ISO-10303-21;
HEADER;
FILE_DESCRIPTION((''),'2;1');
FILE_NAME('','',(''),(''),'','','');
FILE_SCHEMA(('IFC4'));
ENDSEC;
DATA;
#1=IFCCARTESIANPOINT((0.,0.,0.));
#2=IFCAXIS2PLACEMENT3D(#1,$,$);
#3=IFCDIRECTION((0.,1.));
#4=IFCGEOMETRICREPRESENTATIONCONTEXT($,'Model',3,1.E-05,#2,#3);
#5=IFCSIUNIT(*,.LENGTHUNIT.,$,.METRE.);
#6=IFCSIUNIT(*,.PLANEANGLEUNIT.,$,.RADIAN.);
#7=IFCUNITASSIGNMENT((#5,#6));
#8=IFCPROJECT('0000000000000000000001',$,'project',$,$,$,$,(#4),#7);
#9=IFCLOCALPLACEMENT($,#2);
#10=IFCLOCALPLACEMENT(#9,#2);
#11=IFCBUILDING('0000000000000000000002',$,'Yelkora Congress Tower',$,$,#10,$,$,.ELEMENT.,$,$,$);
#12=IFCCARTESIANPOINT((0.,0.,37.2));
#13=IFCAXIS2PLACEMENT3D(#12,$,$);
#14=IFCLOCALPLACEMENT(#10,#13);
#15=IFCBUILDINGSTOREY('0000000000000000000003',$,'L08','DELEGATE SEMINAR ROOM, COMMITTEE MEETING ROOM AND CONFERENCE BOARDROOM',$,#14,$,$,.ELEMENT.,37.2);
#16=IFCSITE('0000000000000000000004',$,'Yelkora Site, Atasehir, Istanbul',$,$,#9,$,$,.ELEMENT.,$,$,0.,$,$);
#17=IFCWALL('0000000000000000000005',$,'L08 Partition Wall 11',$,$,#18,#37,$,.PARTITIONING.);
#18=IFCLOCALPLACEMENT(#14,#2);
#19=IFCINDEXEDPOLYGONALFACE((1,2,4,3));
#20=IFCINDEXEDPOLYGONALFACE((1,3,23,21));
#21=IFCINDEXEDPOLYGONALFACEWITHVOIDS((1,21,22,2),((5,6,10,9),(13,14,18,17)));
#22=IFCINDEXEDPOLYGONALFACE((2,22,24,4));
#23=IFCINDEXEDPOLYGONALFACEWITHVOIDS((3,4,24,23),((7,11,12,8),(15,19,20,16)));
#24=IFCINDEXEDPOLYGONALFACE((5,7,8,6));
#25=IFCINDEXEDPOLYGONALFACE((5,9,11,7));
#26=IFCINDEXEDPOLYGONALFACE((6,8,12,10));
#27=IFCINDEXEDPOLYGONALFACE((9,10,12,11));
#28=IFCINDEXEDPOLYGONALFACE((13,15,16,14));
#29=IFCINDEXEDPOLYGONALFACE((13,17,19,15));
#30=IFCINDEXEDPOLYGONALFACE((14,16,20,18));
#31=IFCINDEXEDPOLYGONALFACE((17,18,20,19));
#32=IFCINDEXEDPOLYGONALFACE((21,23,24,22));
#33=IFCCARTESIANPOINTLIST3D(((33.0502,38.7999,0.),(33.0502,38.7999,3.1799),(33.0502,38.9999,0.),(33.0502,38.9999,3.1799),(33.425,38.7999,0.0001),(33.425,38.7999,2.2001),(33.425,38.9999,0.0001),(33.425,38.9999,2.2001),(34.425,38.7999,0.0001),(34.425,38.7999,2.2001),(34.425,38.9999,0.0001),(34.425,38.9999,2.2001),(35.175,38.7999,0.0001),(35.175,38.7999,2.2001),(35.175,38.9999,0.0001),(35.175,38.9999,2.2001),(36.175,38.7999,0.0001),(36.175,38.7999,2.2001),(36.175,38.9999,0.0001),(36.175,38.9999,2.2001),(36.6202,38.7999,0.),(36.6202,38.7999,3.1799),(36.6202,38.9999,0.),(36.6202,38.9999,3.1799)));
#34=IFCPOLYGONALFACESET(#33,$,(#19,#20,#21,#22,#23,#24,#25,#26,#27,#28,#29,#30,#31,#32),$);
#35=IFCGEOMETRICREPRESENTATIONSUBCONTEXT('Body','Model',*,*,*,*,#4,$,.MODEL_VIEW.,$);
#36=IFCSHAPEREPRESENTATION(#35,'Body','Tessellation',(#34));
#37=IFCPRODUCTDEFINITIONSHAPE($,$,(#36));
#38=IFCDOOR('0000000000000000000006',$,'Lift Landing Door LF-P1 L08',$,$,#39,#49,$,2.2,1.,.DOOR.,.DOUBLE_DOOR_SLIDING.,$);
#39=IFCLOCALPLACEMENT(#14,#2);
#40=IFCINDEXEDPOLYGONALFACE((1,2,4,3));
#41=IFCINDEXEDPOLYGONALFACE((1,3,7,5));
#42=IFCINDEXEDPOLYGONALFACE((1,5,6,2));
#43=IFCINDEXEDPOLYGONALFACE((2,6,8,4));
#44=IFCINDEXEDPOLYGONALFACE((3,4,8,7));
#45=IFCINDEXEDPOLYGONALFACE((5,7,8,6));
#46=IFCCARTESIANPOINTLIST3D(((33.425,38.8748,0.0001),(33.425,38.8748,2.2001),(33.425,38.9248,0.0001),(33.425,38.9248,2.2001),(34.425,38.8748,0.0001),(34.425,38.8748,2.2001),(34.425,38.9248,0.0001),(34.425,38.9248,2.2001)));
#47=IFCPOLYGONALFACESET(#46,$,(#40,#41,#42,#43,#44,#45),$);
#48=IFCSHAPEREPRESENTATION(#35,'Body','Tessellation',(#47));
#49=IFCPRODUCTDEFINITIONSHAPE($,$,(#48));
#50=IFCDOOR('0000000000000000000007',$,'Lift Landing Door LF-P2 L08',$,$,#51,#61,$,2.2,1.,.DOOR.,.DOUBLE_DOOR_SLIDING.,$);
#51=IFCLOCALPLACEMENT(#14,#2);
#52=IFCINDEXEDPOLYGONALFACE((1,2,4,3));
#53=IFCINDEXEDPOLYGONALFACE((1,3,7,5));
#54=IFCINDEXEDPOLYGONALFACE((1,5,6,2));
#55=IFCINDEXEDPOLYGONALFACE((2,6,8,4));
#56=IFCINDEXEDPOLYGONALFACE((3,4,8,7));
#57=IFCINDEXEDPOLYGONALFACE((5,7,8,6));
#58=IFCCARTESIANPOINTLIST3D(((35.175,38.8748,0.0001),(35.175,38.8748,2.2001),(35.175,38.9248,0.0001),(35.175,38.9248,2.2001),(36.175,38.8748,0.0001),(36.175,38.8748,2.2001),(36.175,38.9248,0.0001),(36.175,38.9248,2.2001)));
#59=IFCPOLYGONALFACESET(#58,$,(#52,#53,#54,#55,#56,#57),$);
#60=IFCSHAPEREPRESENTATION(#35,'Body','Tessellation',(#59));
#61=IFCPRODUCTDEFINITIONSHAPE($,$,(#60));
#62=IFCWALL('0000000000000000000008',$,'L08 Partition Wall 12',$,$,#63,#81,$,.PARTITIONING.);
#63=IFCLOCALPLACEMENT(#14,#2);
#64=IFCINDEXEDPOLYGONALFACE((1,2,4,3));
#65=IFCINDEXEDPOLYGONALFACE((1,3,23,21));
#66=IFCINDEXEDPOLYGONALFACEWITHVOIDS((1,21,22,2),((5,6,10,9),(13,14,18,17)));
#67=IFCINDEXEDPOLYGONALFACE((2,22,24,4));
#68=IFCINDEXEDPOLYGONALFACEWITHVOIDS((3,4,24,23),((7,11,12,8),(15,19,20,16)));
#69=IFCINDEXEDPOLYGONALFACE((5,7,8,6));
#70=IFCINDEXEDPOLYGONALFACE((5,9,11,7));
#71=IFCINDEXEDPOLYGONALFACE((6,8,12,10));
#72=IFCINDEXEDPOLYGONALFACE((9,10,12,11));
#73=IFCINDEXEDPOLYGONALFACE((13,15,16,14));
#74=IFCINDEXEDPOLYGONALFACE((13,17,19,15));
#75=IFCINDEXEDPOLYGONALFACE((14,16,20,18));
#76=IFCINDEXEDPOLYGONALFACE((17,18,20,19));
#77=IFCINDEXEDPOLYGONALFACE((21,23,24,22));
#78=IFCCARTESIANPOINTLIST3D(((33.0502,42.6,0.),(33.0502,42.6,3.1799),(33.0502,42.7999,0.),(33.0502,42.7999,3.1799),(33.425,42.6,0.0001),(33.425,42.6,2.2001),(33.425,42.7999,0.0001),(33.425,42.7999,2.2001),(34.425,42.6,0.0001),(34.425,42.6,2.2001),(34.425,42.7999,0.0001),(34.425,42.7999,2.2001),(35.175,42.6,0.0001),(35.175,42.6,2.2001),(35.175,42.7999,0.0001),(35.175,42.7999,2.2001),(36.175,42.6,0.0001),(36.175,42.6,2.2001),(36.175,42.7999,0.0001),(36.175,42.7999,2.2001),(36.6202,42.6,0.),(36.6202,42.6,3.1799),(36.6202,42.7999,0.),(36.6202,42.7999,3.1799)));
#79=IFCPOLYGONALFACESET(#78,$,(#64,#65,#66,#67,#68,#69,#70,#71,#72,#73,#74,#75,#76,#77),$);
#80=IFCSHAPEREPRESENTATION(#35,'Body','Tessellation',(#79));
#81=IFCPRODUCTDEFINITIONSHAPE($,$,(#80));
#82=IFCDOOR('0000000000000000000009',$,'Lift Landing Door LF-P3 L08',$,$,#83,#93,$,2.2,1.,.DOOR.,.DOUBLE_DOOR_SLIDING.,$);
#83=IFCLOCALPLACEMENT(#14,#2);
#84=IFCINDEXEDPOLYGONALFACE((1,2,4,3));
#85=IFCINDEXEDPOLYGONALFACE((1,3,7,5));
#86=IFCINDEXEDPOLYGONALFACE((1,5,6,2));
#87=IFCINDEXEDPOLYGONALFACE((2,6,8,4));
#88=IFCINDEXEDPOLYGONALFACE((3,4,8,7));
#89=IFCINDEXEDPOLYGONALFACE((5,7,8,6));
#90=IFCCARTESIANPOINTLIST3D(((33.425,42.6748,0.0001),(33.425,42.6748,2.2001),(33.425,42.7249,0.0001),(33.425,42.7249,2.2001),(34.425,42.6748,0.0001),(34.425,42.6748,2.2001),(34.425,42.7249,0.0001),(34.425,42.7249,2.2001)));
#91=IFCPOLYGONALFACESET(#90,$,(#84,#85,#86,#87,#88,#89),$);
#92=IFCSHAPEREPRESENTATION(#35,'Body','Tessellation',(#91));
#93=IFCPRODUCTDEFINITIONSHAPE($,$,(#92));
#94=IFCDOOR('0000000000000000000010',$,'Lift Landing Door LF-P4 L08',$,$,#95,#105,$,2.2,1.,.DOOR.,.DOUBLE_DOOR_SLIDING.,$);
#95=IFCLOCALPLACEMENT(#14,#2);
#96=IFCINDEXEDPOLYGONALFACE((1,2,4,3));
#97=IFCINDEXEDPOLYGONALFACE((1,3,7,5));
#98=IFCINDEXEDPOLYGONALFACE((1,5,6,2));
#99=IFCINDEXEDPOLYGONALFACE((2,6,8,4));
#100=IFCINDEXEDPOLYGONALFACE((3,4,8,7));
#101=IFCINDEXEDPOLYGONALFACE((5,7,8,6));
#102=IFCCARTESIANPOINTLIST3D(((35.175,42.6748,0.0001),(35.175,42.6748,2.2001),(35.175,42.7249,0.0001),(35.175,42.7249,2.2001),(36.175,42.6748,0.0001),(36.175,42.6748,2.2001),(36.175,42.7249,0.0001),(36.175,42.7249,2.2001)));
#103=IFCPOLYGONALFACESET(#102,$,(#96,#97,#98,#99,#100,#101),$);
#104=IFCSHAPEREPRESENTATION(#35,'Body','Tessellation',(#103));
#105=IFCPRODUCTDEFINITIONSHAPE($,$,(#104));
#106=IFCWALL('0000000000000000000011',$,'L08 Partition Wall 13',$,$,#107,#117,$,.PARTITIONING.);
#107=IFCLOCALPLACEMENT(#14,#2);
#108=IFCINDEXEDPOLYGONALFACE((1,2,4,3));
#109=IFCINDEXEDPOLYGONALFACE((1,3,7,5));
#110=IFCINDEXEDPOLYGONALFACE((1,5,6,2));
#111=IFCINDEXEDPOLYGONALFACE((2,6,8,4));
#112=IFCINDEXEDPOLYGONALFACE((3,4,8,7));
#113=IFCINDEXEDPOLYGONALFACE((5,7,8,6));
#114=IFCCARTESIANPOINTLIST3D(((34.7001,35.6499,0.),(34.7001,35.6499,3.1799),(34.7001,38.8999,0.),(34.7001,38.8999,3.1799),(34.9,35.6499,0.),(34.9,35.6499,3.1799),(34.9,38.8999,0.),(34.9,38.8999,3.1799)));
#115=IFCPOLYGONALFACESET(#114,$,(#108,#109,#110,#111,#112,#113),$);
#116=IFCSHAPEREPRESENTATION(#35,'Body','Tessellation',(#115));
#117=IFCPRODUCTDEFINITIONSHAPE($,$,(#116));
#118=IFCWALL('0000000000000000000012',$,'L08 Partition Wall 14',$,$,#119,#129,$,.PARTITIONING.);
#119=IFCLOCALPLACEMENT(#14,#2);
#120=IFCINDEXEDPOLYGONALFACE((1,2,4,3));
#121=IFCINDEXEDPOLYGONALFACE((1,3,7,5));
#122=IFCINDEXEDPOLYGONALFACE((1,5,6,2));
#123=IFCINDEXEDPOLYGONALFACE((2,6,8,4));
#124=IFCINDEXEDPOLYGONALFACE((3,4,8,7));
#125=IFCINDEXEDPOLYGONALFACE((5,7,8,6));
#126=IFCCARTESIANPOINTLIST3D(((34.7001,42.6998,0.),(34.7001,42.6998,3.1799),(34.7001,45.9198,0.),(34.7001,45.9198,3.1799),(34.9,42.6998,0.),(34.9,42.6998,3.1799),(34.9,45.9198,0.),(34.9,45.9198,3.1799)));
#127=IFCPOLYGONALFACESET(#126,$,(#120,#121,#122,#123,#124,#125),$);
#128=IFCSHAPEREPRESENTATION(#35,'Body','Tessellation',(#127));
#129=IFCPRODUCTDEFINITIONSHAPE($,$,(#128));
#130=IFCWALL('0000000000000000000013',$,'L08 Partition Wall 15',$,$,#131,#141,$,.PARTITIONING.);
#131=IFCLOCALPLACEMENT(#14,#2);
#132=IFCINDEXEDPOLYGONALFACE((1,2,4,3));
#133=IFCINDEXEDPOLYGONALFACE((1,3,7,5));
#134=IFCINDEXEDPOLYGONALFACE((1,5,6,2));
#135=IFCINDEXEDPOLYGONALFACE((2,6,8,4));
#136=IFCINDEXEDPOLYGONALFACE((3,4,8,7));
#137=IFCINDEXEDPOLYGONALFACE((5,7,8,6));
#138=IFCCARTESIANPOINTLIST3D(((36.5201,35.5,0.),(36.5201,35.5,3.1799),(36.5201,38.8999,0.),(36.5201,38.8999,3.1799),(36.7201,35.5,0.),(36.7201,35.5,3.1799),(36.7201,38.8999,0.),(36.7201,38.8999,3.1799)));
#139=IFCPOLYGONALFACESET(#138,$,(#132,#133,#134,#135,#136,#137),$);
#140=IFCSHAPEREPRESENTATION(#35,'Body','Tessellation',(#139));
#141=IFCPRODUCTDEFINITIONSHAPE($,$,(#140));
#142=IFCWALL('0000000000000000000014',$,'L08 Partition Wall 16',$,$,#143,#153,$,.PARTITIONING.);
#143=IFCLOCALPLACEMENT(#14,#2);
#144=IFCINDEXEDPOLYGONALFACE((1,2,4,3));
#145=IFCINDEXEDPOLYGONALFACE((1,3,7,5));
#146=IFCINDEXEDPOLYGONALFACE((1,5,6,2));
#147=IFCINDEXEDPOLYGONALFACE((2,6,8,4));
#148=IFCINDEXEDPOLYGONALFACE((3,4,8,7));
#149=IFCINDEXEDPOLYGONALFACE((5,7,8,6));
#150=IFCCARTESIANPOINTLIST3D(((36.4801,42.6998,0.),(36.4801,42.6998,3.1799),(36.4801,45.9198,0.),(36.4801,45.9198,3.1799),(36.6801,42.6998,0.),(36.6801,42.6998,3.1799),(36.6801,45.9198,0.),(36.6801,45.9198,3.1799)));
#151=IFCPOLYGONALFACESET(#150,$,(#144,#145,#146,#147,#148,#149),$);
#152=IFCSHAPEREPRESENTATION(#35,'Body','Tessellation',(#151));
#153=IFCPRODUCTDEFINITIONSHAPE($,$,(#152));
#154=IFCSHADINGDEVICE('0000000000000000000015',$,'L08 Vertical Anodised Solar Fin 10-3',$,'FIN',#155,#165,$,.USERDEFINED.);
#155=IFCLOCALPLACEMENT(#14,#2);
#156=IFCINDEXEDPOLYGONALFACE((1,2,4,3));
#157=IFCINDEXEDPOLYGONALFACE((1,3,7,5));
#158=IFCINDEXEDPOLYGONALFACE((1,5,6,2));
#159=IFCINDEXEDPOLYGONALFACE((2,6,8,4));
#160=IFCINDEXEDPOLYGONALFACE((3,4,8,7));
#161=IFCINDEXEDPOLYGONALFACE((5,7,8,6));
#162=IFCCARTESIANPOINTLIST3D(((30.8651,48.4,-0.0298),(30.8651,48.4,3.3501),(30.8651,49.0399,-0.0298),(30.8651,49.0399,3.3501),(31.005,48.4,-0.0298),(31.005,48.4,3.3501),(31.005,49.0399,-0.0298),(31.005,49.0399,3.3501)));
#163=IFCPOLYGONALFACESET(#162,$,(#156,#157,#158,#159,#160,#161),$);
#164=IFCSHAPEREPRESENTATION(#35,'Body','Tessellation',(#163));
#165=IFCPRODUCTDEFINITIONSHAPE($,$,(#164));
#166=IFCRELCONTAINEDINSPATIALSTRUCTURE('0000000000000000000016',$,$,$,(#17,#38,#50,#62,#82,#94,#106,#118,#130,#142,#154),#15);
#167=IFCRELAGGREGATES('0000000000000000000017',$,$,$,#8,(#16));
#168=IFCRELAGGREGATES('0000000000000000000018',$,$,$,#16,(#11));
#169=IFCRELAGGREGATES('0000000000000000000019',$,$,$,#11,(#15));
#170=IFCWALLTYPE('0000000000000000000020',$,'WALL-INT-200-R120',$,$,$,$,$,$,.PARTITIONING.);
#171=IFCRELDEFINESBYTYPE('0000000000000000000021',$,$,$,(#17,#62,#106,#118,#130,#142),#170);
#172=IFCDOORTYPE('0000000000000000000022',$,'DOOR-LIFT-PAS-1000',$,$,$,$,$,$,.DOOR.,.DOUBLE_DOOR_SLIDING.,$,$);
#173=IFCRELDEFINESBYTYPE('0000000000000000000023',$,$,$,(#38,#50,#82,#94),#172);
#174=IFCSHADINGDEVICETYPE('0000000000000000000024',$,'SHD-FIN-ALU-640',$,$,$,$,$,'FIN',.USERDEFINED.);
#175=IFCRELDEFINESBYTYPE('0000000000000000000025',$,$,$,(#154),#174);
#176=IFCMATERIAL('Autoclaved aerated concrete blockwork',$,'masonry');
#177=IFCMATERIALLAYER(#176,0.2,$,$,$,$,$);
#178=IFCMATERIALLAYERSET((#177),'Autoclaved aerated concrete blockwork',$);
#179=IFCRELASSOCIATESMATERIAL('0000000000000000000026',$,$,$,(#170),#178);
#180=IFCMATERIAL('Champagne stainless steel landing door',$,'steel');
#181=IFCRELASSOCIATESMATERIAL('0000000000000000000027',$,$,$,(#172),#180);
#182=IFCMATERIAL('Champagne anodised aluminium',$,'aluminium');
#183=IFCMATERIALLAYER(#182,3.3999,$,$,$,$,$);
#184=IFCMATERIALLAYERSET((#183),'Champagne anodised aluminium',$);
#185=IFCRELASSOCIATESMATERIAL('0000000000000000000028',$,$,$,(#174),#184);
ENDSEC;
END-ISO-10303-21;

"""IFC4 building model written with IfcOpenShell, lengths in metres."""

from ifc_helpers import new_model, si_unit, direction, frame, frame_2d, origin, origin_2d, place, context, subcontext, project, spatial, rectangle, extrude, material, layer, layer_set, type_object, element, fill, save


model = new_model("IFC4")

# Units and contexts
model_context = context("Model", 3, precision=1e-05, world=origin(), true_north=direction((0.0, 1.0)))
body_context = subcontext(model_context, "Body", "Model", "MODEL_VIEW")
ifc_project = project(units=[si_unit("LENGTHUNIT", "METRE"), si_unit("PLANEANGLEUNIT", "RADIAN")], contexts=[model_context])

# Site, building, storey
site_placement = place(None, origin())
site = spatial("IfcSite", under=ifc_project, at=site_placement, Name="Yelkora Site, Atasehir, Istanbul", CompositionType="ELEMENT", RefElevation=0.0)
building_placement = place(site_placement, origin())
building = spatial("IfcBuilding", under=site, at=building_placement, Name="Yelkora Congress Tower", CompositionType="ELEMENT")
storey_placement = place(building_placement, frame((0.0, 0.0, 37.2)))
storey = spatial("IfcBuildingStorey", under=building, at=storey_placement, Name="L08", Description="DELEGATE SEMINAR ROOM, COMMITTEE MEETING ROOM AND CONFERENCE BOARDROOM", CompositionType="ELEMENT", Elevation=37.2)

# Shared definitions
ifc_material_1 = material(Name="Autoclaved aerated concrete blockwork", Category="masonry")
ifc_layer_1 = layer(ifc_material_1, 0.2)
ifc_layer_set_1 = layer_set([ifc_layer_1], Name="Autoclaved aerated concrete blockwork")
wall_type_1 = type_object("IfcWallType", Name="WALL-INT-200-R120", PredefinedType="PARTITIONING", material=ifc_layer_set_1)

# Walls, openings, doors
wall_1_placement = place(storey_placement, frame((33.05, 38.8999, 0.0), z_axis=(0.0, 0.0, 1.0), x_axis=(1.0, 0.0, 0.0)))
wall_1 = element("IfcWall", 1, at=wall_1_placement, inside=storey, type_object=wall_type_1, Name="L08 Partition Wall 11", PredefinedType="PARTITIONING", context=body_context, shape_type="SweptSolid", body=[
    extrude(rectangle(XDim=3.5701, YDim=0.2, at=frame_2d((1.7852, 0.0))), origin(), (0.0, 0.0, 1.0), 3.1799),
])
opening_1_placement = place(wall_1_placement, frame((0.375, 0.0, 0.0)))
opening_1 = element("IfcOpeningElement", 2, at=opening_1_placement, cuts=wall_1, PredefinedType="OPENING", context=body_context, shape_type="SweptSolid", body=[
    extrude(rectangle(XDim=1.0, YDim=2.2, at=frame_2d((0.5, 1.1001))), frame((0.0, 0.1099, 0.0), z_axis=(0.0, -1.0, 0.0), x_axis=(1.0, 0.0, 0.0)), (0.0, 0.0, 1.0), 0.22),
])
opening_2_placement = place(wall_1_placement, frame((2.125, 0.0, 0.0)))
opening_2 = element("IfcOpeningElement", 3, at=opening_2_placement, cuts=wall_1, PredefinedType="OPENING", context=body_context, shape_type="SweptSolid", body=[
    extrude(rectangle(XDim=1.0, YDim=2.2, at=frame_2d((0.5, 1.1001))), frame((0.0, 0.1099, 0.0), z_axis=(0.0, -1.0, 0.0), x_axis=(1.0, 0.0, 0.0)), (0.0, 0.0, 1.0), 0.22),
])
ifc_material_2 = material(Name="Champagne stainless steel landing door", Category="steel")
door_type_1 = type_object("IfcDoorType", Name="DOOR-LIFT-PAS-1000", OperationType="DOUBLE_DOOR_SLIDING", PredefinedType="DOOR", material=ifc_material_2)
door_1_placement = place(opening_1_placement, origin())
door_1 = element("IfcDoor", 4, at=door_1_placement, inside=storey, type_object=door_type_1, Name="Lift Landing Door LF-P1 L08", OperationType="DOUBLE_DOOR_SLIDING", OverallHeight=2.2, OverallWidth=1.0, PredefinedType="DOOR", context=body_context, shape_type="SweptSolid", body=[
    extrude(rectangle(XDim=1.0, YDim=2.2, at=frame_2d((0.5, 1.1001))), frame((0.0, 0.0249, 0.0), z_axis=(0.0, -1.0, 0.0), x_axis=(1.0, 0.0, 0.0)), (0.0, 0.0, 1.0), 0.05),
])
fill(opening_1, door_1)
door_2_placement = place(opening_2_placement, origin())
door_2 = element("IfcDoor", 5, at=door_2_placement, inside=storey, type_object=door_type_1, Name="Lift Landing Door LF-P2 L08", OperationType="DOUBLE_DOOR_SLIDING", OverallHeight=2.2, OverallWidth=1.0, PredefinedType="DOOR", context=body_context, shape_type="SweptSolid", body=[
    extrude(rectangle(XDim=1.0, YDim=2.2, at=frame_2d((0.5, 1.1001))), frame((0.0, 0.0249, 0.0), z_axis=(0.0, -1.0, 0.0), x_axis=(1.0, 0.0, 0.0)), (0.0, 0.0, 1.0), 0.05),
])
fill(opening_2, door_2)
wall_2_placement = place(storey_placement, frame((33.05, 42.7, 0.0), z_axis=(0.0, 0.0, 1.0), x_axis=(1.0, 0.0, 0.0)))
wall_2 = element("IfcWall", 6, at=wall_2_placement, inside=storey, type_object=wall_type_1, Name="L08 Partition Wall 12", PredefinedType="PARTITIONING", context=body_context, shape_type="SweptSolid", body=[
    extrude(rectangle(XDim=3.5701, YDim=0.2, at=frame_2d((1.7852, 0.0))), origin(), (0.0, 0.0, 1.0), 3.1799),
])
opening_3_placement = place(wall_2_placement, frame((0.375, 0.0, 0.0)))
opening_3 = element("IfcOpeningElement", 7, at=opening_3_placement, cuts=wall_2, PredefinedType="OPENING", context=body_context, shape_type="SweptSolid", body=[
    extrude(rectangle(XDim=1.0, YDim=2.2, at=frame_2d((0.5, 1.1001))), frame((0.0, 0.1099, 0.0), z_axis=(0.0, -1.0, 0.0), x_axis=(1.0, 0.0, 0.0)), (0.0, 0.0, 1.0), 0.22),
])
opening_4_placement = place(wall_2_placement, frame((2.125, 0.0, 0.0)))
opening_4 = element("IfcOpeningElement", 8, at=opening_4_placement, cuts=wall_2, PredefinedType="OPENING", context=body_context, shape_type="SweptSolid", body=[
    extrude(rectangle(XDim=1.0, YDim=2.2, at=frame_2d((0.5, 1.1001))), frame((0.0, 0.1099, 0.0), z_axis=(0.0, -1.0, 0.0), x_axis=(1.0, 0.0, 0.0)), (0.0, 0.0, 1.0), 0.22),
])
door_3_placement = place(opening_3_placement, origin())
door_3 = element("IfcDoor", 9, at=door_3_placement, inside=storey, type_object=door_type_1, Name="Lift Landing Door LF-P3 L08", OperationType="DOUBLE_DOOR_SLIDING", OverallHeight=2.2, OverallWidth=1.0, PredefinedType="DOOR", context=body_context, shape_type="SweptSolid", body=[
    extrude(rectangle(XDim=1.0, YDim=2.2, at=frame_2d((0.5, 1.1001))), frame((0.0, 0.0249, 0.0), z_axis=(0.0, -1.0, 0.0), x_axis=(1.0, 0.0, 0.0)), (0.0, 0.0, 1.0), 0.05),
])
fill(opening_3, door_3)
door_4_placement = place(opening_4_placement, origin())
door_4 = element("IfcDoor", 10, at=door_4_placement, inside=storey, type_object=door_type_1, Name="Lift Landing Door LF-P4 L08", OperationType="DOUBLE_DOOR_SLIDING", OverallHeight=2.2, OverallWidth=1.0, PredefinedType="DOOR", context=body_context, shape_type="SweptSolid", body=[
    extrude(rectangle(XDim=1.0, YDim=2.2, at=frame_2d((0.5, 1.1001))), frame((0.0, 0.0249, 0.0), z_axis=(0.0, -1.0, 0.0), x_axis=(1.0, 0.0, 0.0)), (0.0, 0.0, 1.0), 0.05),
])
fill(opening_4, door_4)

# Walls
wall_3_placement = place(storey_placement, frame((34.8, 35.6499, 0.0), z_axis=(0.0, 0.0, 1.0), x_axis=(0.0, 1.0, 0.0)))
element("IfcWall", 11, at=wall_3_placement, inside=storey, type_object=wall_type_1, Name="L08 Partition Wall 13", PredefinedType="PARTITIONING", context=body_context, shape_type="SweptSolid", body=[
    extrude(rectangle(XDim=3.25, YDim=0.2, at=frame_2d((1.625, 0.0))), origin(), (0.0, 0.0, 1.0), 3.1799),
])
wall_4_placement = place(storey_placement, frame((34.8, 42.7, 0.0), z_axis=(0.0, 0.0, 1.0), x_axis=(0.0, 1.0, 0.0)))
element("IfcWall", 12, at=wall_4_placement, inside=storey, type_object=wall_type_1, Name="L08 Partition Wall 14", PredefinedType="PARTITIONING", context=body_context, shape_type="SweptSolid", body=[
    extrude(rectangle(XDim=3.22, YDim=0.2, at=frame_2d((1.6099, 0.0))), origin(), (0.0, 0.0, 1.0), 3.1799),
])
wall_5_placement = place(storey_placement, frame((36.6201, 35.5, 0.0), z_axis=(0.0, 0.0, 1.0), x_axis=(0.0, 1.0, 0.0)))
element("IfcWall", 13, at=wall_5_placement, inside=storey, type_object=wall_type_1, Name="L08 Partition Wall 15", PredefinedType="PARTITIONING", context=body_context, shape_type="SweptSolid", body=[
    extrude(rectangle(XDim=3.3999, YDim=0.2, at=frame_2d((1.7, 0.0))), origin(), (0.0, 0.0, 1.0), 3.1799),
])
wall_6_placement = place(storey_placement, frame((36.5801, 42.7, 0.0), z_axis=(0.0, 0.0, 1.0), x_axis=(0.0, 1.0, 0.0)))
element("IfcWall", 14, at=wall_6_placement, inside=storey, type_object=wall_type_1, Name="L08 Partition Wall 16", PredefinedType="PARTITIONING", context=body_context, shape_type="SweptSolid", body=[
    extrude(rectangle(XDim=3.22, YDim=0.2, at=frame_2d((1.6099, 0.0))), origin(), (0.0, 0.0, 1.0), 3.1799),
])

# Shading device
ifc_material_3 = material(Name="Champagne anodised aluminium", Category="aluminium")
ifc_layer_2 = layer(ifc_material_3, 3.3999)
ifc_layer_set_2 = layer_set([ifc_layer_2], Name="Champagne anodised aluminium")
shading_device_type = type_object("IfcShadingDeviceType", Name="SHD-FIN-ALU-640", ElementType="FIN", PredefinedType="USERDEFINED", material=ifc_layer_set_2)
shading_device_placement = place(storey_placement, frame((30.9351, 48.72, -0.0298), z_axis=(0.0, 0.0, 1.0), x_axis=(1.0, 0.0, 0.0)))
element("IfcShadingDevice", 15, at=shading_device_placement, inside=storey, type_object=shading_device_type, Name="L08 Vertical Anodised Solar Fin 10-3", ObjectType="FIN", PredefinedType="USERDEFINED", context=body_context, shape_type="SweptSolid", body=[
    extrude(rectangle(XDim=0.1399, YDim=0.6399, at=origin_2d()), origin(), (0.0, 0.0, 1.0), 3.3799),
])

save(model, "model.ifc")
